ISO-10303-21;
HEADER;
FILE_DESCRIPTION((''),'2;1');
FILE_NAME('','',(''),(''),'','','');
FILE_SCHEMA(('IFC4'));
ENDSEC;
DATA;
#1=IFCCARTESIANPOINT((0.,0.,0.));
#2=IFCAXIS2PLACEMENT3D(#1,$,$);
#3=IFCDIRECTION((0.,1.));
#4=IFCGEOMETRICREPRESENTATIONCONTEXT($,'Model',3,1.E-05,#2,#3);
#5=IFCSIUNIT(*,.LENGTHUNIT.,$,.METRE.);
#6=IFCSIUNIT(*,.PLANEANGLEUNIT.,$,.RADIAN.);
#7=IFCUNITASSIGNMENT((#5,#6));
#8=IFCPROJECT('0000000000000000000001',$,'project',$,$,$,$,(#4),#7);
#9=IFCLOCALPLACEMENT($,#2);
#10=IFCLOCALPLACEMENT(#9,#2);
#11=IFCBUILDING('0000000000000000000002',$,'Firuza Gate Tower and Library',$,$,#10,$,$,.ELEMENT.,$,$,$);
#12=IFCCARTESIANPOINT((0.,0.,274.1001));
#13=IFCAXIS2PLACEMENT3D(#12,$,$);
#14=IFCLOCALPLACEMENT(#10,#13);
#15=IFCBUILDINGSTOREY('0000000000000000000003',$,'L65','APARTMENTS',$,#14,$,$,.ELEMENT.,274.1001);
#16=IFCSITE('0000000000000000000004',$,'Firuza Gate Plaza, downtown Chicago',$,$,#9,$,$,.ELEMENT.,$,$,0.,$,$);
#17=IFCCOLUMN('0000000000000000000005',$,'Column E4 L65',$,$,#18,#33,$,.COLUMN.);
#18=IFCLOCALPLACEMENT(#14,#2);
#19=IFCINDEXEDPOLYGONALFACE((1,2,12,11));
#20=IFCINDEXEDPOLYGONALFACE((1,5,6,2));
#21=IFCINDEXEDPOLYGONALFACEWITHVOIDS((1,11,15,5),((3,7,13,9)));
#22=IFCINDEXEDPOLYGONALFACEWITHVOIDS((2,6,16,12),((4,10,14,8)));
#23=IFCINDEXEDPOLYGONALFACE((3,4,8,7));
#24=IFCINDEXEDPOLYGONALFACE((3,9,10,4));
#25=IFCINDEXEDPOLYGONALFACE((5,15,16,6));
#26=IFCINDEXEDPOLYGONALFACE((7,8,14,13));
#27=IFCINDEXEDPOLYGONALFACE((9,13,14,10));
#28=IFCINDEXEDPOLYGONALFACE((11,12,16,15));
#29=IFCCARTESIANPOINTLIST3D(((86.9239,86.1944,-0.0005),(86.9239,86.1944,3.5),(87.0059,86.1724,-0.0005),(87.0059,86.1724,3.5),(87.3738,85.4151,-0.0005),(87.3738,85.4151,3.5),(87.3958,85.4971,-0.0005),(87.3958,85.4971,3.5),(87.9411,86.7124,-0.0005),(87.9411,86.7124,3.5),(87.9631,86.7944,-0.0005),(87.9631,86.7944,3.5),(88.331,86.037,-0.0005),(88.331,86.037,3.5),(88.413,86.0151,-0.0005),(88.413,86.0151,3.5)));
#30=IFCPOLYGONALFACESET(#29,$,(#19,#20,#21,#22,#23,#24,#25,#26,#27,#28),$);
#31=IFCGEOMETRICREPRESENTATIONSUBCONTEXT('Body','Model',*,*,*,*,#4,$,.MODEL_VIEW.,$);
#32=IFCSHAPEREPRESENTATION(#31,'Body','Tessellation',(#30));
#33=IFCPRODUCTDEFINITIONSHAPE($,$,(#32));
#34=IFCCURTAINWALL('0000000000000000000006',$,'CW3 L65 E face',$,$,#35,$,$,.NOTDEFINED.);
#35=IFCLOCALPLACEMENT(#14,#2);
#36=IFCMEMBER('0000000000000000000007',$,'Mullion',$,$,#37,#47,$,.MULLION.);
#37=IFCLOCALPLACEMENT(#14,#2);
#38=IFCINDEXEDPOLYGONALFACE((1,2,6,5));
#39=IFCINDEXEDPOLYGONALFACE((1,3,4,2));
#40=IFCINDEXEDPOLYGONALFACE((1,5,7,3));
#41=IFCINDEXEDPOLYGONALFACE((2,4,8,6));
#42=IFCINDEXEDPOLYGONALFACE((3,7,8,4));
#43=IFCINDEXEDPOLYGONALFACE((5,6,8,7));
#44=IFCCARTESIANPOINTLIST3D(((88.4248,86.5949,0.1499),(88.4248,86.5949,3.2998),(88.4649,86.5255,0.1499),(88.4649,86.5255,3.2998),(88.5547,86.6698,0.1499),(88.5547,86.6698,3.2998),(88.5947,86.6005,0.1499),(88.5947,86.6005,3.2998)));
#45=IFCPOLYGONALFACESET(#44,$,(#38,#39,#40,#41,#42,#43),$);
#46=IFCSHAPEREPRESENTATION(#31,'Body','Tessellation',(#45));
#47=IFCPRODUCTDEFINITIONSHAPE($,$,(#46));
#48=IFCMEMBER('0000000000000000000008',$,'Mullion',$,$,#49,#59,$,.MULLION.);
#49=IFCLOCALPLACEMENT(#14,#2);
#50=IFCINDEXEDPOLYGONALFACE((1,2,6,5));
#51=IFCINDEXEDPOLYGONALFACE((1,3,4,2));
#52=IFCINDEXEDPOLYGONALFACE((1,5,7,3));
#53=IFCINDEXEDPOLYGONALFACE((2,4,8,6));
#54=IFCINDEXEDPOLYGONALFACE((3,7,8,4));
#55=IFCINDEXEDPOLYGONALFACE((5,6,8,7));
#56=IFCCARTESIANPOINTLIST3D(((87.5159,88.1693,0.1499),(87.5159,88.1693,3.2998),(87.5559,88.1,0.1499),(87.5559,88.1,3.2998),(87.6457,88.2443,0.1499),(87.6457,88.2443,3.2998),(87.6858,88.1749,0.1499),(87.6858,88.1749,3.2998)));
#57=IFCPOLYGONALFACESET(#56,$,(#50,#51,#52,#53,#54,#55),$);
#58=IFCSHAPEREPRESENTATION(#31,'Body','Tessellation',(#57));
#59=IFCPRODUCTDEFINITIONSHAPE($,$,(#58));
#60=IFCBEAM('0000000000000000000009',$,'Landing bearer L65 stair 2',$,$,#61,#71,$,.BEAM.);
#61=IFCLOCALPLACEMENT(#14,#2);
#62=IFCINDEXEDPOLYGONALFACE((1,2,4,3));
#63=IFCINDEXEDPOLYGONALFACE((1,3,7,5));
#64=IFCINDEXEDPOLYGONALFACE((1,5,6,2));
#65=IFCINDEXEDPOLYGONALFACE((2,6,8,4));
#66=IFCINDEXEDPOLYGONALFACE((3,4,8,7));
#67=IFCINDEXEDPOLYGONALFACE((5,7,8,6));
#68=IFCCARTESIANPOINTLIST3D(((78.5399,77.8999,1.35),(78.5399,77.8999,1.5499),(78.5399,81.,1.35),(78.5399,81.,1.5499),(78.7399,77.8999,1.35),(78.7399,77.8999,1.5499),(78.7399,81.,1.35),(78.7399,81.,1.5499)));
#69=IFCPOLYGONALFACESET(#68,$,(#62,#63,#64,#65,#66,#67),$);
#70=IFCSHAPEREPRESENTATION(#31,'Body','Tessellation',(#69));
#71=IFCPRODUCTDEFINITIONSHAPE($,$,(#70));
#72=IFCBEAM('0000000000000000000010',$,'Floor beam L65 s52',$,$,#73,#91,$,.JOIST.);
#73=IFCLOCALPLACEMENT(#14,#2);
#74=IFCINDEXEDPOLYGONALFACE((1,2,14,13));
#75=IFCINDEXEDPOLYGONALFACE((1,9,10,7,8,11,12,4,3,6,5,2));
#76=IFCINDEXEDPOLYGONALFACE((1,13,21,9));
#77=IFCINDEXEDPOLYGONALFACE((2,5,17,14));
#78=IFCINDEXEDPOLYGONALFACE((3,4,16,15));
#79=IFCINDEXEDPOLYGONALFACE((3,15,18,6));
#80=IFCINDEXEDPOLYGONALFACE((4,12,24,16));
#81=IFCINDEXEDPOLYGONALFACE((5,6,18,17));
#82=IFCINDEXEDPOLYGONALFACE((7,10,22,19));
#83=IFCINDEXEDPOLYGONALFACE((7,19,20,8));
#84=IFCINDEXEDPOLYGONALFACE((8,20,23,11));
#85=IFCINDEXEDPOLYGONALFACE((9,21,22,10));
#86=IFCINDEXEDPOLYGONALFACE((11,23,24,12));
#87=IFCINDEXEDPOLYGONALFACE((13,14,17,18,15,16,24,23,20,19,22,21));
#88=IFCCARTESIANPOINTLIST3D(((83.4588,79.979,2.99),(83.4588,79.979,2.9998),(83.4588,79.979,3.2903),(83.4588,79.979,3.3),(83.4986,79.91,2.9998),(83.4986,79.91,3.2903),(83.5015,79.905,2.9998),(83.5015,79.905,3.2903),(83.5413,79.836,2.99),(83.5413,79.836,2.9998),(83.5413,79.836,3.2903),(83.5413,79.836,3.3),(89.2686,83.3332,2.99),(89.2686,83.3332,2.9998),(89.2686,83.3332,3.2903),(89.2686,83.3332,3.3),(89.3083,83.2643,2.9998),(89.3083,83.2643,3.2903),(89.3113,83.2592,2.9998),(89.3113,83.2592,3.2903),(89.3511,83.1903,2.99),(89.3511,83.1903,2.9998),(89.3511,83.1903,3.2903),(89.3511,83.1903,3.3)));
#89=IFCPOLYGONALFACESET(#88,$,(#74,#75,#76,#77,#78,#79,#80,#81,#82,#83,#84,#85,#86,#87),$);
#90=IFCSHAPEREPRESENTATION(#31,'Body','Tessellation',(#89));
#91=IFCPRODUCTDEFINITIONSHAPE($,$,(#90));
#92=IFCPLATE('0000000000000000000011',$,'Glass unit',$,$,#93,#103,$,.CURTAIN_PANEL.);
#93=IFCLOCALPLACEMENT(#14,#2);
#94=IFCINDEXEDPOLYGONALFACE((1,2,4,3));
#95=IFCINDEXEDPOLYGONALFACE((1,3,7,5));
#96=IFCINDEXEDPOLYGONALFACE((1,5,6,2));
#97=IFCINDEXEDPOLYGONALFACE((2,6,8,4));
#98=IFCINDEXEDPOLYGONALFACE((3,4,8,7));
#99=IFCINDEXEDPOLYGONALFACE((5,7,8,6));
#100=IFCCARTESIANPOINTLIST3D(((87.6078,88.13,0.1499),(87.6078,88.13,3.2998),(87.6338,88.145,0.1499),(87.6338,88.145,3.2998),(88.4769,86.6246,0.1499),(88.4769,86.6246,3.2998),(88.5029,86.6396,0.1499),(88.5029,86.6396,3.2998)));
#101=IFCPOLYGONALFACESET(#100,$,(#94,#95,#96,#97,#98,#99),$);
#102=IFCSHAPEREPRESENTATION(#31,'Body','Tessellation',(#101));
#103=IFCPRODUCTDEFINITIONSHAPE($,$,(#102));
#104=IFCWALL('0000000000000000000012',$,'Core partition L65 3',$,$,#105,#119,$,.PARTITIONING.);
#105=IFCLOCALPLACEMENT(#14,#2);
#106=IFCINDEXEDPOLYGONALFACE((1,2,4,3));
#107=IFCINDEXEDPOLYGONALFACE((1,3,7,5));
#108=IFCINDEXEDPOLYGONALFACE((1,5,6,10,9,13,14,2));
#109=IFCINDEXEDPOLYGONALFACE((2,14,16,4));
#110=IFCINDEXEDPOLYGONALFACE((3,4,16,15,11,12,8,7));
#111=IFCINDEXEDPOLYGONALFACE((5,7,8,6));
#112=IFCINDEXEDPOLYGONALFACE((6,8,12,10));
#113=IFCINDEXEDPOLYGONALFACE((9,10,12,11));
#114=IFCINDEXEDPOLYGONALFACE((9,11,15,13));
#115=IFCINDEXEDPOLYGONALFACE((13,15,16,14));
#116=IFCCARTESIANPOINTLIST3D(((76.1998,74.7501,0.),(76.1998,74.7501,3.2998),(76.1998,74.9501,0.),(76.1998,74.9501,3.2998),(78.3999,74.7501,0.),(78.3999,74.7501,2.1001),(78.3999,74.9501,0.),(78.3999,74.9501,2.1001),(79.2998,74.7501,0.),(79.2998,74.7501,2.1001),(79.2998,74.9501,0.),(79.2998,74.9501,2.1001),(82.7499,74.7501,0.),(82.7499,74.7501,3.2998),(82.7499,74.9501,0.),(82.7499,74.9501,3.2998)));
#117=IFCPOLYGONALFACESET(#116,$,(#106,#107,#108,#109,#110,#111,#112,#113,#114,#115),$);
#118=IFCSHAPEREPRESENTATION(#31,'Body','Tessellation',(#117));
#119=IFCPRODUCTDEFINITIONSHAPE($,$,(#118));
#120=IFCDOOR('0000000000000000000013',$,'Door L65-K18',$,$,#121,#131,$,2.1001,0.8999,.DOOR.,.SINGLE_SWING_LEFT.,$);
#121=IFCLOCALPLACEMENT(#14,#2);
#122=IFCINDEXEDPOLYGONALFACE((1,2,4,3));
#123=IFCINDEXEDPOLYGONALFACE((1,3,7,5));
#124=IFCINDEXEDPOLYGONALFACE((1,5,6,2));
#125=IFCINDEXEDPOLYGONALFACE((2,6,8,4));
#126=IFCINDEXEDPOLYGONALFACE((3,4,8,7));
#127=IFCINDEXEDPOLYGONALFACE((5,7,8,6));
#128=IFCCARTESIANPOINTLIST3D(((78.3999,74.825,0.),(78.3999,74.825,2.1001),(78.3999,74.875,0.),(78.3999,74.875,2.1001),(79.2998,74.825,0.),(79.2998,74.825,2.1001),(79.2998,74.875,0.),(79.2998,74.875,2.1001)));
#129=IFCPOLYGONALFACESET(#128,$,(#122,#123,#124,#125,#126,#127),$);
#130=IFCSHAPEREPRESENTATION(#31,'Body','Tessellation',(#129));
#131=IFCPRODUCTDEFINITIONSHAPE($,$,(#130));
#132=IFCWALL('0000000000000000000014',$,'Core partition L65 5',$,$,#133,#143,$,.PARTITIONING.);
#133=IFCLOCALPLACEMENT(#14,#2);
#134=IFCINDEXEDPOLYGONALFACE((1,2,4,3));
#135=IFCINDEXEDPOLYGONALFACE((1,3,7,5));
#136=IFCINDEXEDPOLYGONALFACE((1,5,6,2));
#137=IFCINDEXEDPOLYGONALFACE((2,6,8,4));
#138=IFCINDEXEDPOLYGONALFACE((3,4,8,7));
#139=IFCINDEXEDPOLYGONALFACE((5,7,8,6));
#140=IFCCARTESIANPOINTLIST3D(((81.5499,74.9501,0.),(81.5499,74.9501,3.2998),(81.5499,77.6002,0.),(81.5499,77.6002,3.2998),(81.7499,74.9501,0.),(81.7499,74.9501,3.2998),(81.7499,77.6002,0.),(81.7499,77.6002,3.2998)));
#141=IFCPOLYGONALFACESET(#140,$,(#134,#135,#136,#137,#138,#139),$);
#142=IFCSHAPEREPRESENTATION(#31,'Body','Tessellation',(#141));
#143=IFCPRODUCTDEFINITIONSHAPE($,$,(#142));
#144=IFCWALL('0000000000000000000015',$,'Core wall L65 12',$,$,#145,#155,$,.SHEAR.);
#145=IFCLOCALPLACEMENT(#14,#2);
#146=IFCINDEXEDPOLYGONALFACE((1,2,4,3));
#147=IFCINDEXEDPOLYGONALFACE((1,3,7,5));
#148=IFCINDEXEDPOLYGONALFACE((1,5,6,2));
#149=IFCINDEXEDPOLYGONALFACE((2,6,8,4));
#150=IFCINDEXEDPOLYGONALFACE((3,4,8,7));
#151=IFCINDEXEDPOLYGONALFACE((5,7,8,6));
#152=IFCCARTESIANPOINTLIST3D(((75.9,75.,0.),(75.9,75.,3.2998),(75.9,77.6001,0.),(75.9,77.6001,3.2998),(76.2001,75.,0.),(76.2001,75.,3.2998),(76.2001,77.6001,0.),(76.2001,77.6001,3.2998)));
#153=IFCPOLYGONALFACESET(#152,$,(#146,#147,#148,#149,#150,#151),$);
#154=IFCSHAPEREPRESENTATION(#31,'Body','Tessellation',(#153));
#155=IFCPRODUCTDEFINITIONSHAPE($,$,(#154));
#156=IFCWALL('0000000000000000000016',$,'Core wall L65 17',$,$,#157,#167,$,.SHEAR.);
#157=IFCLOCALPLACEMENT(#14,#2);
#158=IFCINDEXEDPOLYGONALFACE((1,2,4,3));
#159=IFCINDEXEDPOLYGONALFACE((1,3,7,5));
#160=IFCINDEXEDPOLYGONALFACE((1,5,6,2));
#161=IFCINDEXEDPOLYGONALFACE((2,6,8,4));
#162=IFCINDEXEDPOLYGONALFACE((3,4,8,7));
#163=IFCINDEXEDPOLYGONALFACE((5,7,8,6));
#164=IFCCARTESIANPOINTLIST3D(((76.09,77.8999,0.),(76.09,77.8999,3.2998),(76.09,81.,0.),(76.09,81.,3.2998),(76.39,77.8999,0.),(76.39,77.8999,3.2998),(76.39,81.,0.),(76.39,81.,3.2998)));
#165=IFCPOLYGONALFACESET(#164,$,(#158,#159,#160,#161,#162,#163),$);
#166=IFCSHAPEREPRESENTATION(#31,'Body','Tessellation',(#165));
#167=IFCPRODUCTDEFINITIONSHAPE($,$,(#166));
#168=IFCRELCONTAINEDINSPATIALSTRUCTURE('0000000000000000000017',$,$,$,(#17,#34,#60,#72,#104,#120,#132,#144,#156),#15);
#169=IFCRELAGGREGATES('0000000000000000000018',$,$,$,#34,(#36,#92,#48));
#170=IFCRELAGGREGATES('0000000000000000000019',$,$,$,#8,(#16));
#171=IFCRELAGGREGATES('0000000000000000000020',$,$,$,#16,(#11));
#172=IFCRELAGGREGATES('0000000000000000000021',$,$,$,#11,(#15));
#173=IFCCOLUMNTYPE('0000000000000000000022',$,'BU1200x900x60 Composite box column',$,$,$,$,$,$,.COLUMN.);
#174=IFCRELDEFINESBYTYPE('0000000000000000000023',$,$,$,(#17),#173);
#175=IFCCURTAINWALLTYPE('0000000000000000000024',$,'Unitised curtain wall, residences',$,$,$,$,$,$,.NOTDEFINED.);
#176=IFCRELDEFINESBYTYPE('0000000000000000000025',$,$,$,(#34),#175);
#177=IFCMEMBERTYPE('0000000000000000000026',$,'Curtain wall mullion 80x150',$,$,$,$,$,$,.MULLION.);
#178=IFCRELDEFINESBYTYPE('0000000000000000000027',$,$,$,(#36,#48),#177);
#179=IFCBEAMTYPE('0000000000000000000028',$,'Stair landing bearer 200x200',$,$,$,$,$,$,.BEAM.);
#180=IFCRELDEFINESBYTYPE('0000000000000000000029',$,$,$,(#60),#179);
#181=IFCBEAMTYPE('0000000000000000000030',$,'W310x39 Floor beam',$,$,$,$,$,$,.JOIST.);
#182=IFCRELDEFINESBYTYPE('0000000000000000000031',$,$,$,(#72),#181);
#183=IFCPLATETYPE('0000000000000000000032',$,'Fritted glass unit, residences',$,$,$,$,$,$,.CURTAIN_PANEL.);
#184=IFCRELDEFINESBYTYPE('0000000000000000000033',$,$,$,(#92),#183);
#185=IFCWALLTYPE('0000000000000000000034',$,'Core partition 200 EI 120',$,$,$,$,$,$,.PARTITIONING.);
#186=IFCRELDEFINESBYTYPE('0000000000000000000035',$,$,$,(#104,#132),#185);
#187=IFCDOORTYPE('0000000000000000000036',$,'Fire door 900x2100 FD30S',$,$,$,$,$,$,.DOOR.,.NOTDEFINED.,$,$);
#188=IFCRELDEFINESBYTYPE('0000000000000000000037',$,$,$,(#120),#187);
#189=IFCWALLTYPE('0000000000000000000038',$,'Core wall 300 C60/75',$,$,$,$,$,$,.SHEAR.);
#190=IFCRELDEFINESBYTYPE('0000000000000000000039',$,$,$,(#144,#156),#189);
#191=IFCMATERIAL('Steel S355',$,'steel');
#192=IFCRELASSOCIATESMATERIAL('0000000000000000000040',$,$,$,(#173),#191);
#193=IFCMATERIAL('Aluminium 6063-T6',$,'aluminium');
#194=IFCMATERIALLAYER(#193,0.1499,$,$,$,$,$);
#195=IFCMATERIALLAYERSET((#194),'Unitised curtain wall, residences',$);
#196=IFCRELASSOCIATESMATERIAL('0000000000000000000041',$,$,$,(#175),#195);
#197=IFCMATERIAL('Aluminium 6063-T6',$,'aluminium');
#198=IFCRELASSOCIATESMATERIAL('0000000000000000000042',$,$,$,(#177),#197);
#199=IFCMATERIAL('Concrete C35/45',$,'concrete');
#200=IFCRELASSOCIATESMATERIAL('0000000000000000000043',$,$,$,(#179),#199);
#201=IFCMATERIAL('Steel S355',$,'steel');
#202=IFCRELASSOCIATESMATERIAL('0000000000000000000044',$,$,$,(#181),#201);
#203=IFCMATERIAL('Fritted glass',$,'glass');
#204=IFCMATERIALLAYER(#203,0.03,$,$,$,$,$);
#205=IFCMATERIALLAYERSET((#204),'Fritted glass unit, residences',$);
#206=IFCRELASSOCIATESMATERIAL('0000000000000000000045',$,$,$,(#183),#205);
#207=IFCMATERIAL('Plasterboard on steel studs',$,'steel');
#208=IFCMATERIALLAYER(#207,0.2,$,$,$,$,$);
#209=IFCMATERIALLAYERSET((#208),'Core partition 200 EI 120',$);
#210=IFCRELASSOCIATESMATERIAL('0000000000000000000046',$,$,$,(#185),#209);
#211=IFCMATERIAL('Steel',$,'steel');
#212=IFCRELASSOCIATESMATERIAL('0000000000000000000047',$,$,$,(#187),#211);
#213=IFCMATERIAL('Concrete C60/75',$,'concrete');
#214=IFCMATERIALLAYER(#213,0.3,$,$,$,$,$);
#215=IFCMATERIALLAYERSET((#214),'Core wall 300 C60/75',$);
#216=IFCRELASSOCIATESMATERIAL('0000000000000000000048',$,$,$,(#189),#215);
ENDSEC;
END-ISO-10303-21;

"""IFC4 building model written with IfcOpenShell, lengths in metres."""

from ifc_helpers import new_model, si_unit, direction, frame, frame_2d, origin, origin_2d, place, context, subcontext, project, spatial, polyline, rectangle, hollow_rectangle, i_section, outline, extrude, material, layer, layer_set, material_profile, profile_set, type_object, element, fill, aggregate, save


model = new_model("IFC4")

# Units and contexts
model_context = context("Model", 3, precision=1e-05, world=origin(), true_north=direction((0.0, 1.0)))
body_context = subcontext(model_context, "Body", "Model", "MODEL_VIEW")
ifc_project = project(units=[si_unit("LENGTHUNIT", "METRE"), si_unit("PLANEANGLEUNIT", "RADIAN")], contexts=[model_context])

# Site, building, storey
site_placement = place(None, origin())
site = spatial("IfcSite", under=ifc_project, at=site_placement, Name="Firuza Gate Plaza, downtown Chicago", CompositionType="ELEMENT", RefElevation=0.0)
building_placement = place(site_placement, origin())
building = spatial("IfcBuilding", under=site, at=building_placement, Name="Firuza Gate Tower and Library", CompositionType="ELEMENT")
storey_placement = place(building_placement, frame((0.0, 0.0, 274.1001)))
storey = spatial("IfcBuildingStorey", under=building, at=storey_placement, Name="L65", Description="APARTMENTS", CompositionType="ELEMENT", Elevation=274.1001)

# Column
ifc_material_1 = material(Name="Steel S355", Category="steel")
ifc_material_profile_1 = material_profile(ifc_material_1, hollow_rectangle(XDim=0.8999, YDim=1.2, WallThickness=0.0601, at=origin_2d()))
ifc_profile_set_1 = profile_set([ifc_material_profile_1], Name="Steel S355")
column_type = type_object("IfcColumnType", Name="BU1200x900x60 Composite box column", PredefinedType="COLUMN", material=ifc_profile_set_1)
column_placement = place(storey_placement, frame((87.6685, 86.1047, -0.0005), z_axis=(0.0, 0.0, 1.0), x_axis=(-0.5, 0.866025, 0.0)))
element("IfcColumn", 1, at=column_placement, inside=storey, type_object=column_type, Name="Column E4 L65", PredefinedType="COLUMN", context=body_context, shape_type="SweptSolid", body=[
    extrude(hollow_rectangle(XDim=0.8999, YDim=1.2, WallThickness=0.0601, at=origin_2d()), origin(), (0.0, 0.0, 1.0), 3.5005),
])

# Curtain wall, members
ifc_material_2 = material(Name="Aluminium 6063-T6", Category="aluminium")
ifc_layer_1 = layer(ifc_material_2, 0.1499)
ifc_layer_set_1 = layer_set([ifc_layer_1], Name="Unitised curtain wall, residences")
curtain_wall_type = type_object("IfcCurtainWallType", Name="Unitised curtain wall, residences", PredefinedType="NOTDEFINED", material=ifc_layer_set_1)
placement = place(storey_placement, origin())
curtain_wall = element("IfcCurtainWall", 2, at=placement, inside=storey, type_object=curtain_wall_type, Name="CW3 L65 E face", PredefinedType="NOTDEFINED")
ifc_material_3 = material(Name="Aluminium 6063-T6", Category="aluminium")
ifc_material_profile_2 = material_profile(ifc_material_3, rectangle(XDim=0.1499, YDim=0.0801, at=origin_2d()))
ifc_profile_set_2 = profile_set([ifc_material_profile_2], Name="Aluminium 6063-T6")
member_type = type_object("IfcMemberType", Name="Curtain wall mullion 80x150", PredefinedType="MULLION", material=ifc_profile_set_2)
member_1_placement = place(storey_placement, frame((88.5098, 86.5977, 0.1499), z_axis=(0.0, 0.0, 1.0), x_axis=(-0.866025, -0.5, 0.0)))
member_1 = element("IfcMember", 3, at=member_1_placement, type_object=member_type, Name="Mullion", PredefinedType="MULLION", context=body_context, shape_type="SweptSolid", body=[
    extrude(rectangle(XDim=0.1499, YDim=0.0801, at=origin_2d()), origin(), (0.0, 0.0, 1.0), 3.1499),
])
member_2_placement = place(storey_placement, frame((87.6008, 88.1721, 0.1499), z_axis=(0.0, 0.0, 1.0), x_axis=(-0.866025, -0.5, 0.0)))
member_2 = element("IfcMember", 4, at=member_2_placement, type_object=member_type, Name="Mullion", PredefinedType="MULLION", context=body_context, shape_type="SweptSolid", body=[
    extrude(rectangle(XDim=0.1499, YDim=0.0801, at=origin_2d()), origin(), (0.0, 0.0, 1.0), 3.1499),
])

# Beams
ifc_material_4 = material(Name="Concrete C35/45", Category="concrete")
ifc_material_profile_3 = material_profile(ifc_material_4, rectangle(XDim=0.2, YDim=0.2, at=origin_2d()))
ifc_profile_set_3 = profile_set([ifc_material_profile_3], Name="Concrete C35/45")
beam_type_1 = type_object("IfcBeamType", Name="Stair landing bearer 200x200", PredefinedType="BEAM", material=ifc_profile_set_3)
beam_1_placement = place(storey_placement, frame((78.6399, 81.0, 1.45), z_axis=(0.0, -1.0, 0.0), x_axis=(1.0, 0.0, 0.0)))
element("IfcBeam", 5, at=beam_1_placement, inside=storey, type_object=beam_type_1, Name="Landing bearer L65 stair 2", PredefinedType="BEAM", context=body_context, shape_type="SweptSolid", body=[
    extrude(rectangle(XDim=0.2, YDim=0.2, at=origin_2d()), origin(), (0.0, 0.0, 1.0), 3.1001),
])
ifc_material_5 = material(Name="Steel S355", Category="steel")
ifc_material_profile_4 = material_profile(ifc_material_5, i_section(OverallWidth=0.165, OverallDepth=0.3101, WebThickness=0.0059, FlangeThickness=0.0098, at=origin_2d()))
ifc_profile_set_4 = profile_set([ifc_material_profile_4], Name="Steel S355")
beam_type_2 = type_object("IfcBeamType", Name="W310x39 Floor beam", PredefinedType="JOIST", material=ifc_profile_set_4)
beam_2_placement = place(storey_placement, frame((89.3098, 83.2617, 3.145), z_axis=(-0.866029, -0.499994, 0.0), x_axis=(0.499994, -0.866029, 0.0)))
element("IfcBeam", 6, at=beam_2_placement, inside=storey, type_object=beam_type_2, Name="Floor beam L65 s52", PredefinedType="JOIST", context=body_context, shape_type="SweptSolid", body=[
    extrude(i_section(OverallWidth=0.165, OverallDepth=0.3101, WebThickness=0.0059, FlangeThickness=0.0098, at=origin_2d()), origin(), (0.0, 0.0, 1.0), 6.7085),
])

# Plate
ifc_material_6 = material(Name="Fritted glass", Category="glass")
ifc_layer_2 = layer(ifc_material_6, 0.03)
ifc_layer_set_2 = layer_set([ifc_layer_2], Name="Fritted glass unit, residences")
plate_type = type_object("IfcPlateType", Name="Fritted glass unit, residences", PredefinedType="CURTAIN_PANEL", material=ifc_layer_set_2)
plate_placement = place(storey_placement, frame((88.5029, 86.6396, 0.1499), z_axis=(0.866022, 0.500006, 0.0), x_axis=(-0.500006, 0.866022, 0.0)))
plate = element("IfcPlate", 7, at=plate_placement, type_object=plate_type, Name="Glass unit", PredefinedType="CURTAIN_PANEL", context=body_context, shape_type="SweptSolid", body=[
    extrude(outline(polyline([(0.0, 0.0), (1.7383, 0.0), (1.7383, 3.1499), (0.0, 3.1499), (0.0, 0.0)])), origin(), (0.0, 0.0, -1.0), 0.03),
])
aggregate(curtain_wall, [member_1, plate, member_2])

# Wall, opening, door
ifc_material_7 = material(Name="Plasterboard on steel studs", Category="steel")
ifc_layer_3 = layer(ifc_material_7, 0.2)
ifc_layer_set_3 = layer_set([ifc_layer_3], Name="Core partition 200 EI 120")
wall_type_1 = type_object("IfcWallType", Name="Core partition 200 EI 120", PredefinedType="PARTITIONING", material=ifc_layer_set_3)
wall_1_placement = place(storey_placement, frame((76.2, 74.8501, 0.0), z_axis=(0.0, 0.0, 1.0), x_axis=(1.0, 0.0, 0.0)))
wall_1 = element("IfcWall", 8, at=wall_1_placement, inside=storey, type_object=wall_type_1, Name="Core partition L65 3", PredefinedType="PARTITIONING", context=body_context, shape_type="SweptSolid", body=[
    extrude(rectangle(XDim=6.55, YDim=0.2, at=frame_2d((3.2749, 0.0))), origin(), (0.0, 0.0, 1.0), 3.2998),
])
opening_1_placement = place(wall_1_placement, frame((2.2, 0.0, 0.0)))
opening_1 = element("IfcOpeningElement", 9, at=opening_1_placement, cuts=wall_1, PredefinedType="OPENING", context=body_context, shape_type="SweptSolid", body=[
    extrude(rectangle(XDim=0.8999, YDim=2.1001, at=frame_2d((0.45, 1.05))), frame((0.0, 0.1099, 0.0), z_axis=(0.0, -1.0, 0.0), x_axis=(1.0, 0.0, 0.0)), (0.0, 0.0, 1.0), 0.22),
])
ifc_material_8 = material(Name="Steel", Category="steel")
door_type_1 = type_object("IfcDoorType", Name="Fire door 900x2100 FD30S", OperationType="NOTDEFINED", PredefinedType="DOOR", material=ifc_material_8)
door_1_placement = place(opening_1_placement, origin())
door_1 = element("IfcDoor", 10, at=door_1_placement, inside=storey, type_object=door_type_1, Name="Door L65-K18", OperationType="SINGLE_SWING_LEFT", OverallHeight=2.1001, OverallWidth=0.8999, PredefinedType="DOOR", context=body_context, shape_type="SweptSolid", body=[
    extrude(rectangle(XDim=0.8999, YDim=2.1001, at=frame_2d((0.45, 1.05))), frame((0.0, 0.0249, 0.0), z_axis=(0.0, -1.0, 0.0), x_axis=(1.0, 0.0, 0.0)), (0.0, 0.0, 1.0), 0.05),
])
fill(opening_1, door_1)

# Walls
wall_2_placement = place(storey_placement, frame((81.6499, 74.95, 0.0), z_axis=(0.0, 0.0, 1.0), x_axis=(0.0, 1.0, 0.0)))
element("IfcWall", 11, at=wall_2_placement, inside=storey, type_object=wall_type_1, Name="Core partition L65 5", PredefinedType="PARTITIONING", context=body_context, shape_type="SweptSolid", body=[
    extrude(rectangle(XDim=2.6501, YDim=0.2, at=frame_2d((1.3252, 0.0))), origin(), (0.0, 0.0, 1.0), 3.2998),
])
ifc_material_9 = material(Name="Concrete C60/75", Category="concrete")
ifc_layer_4 = layer(ifc_material_9, 0.3)
ifc_layer_set_4 = layer_set([ifc_layer_4], Name="Core wall 300 C60/75")
wall_type_2 = type_object("IfcWallType", Name="Core wall 300 C60/75", PredefinedType="SHEAR", material=ifc_layer_set_4)
wall_3_placement = place(storey_placement, frame((76.05, 75.0, 0.0), z_axis=(0.0, 0.0, 1.0), x_axis=(0.0, 1.0, 0.0)))
element("IfcWall", 12, at=wall_3_placement, inside=storey, type_object=wall_type_2, Name="Core wall L65 12", PredefinedType="SHEAR", context=body_context, shape_type="SweptSolid", body=[
    extrude(rectangle(XDim=2.6001, YDim=0.3, at=frame_2d((1.3, 0.0))), origin(), (0.0, 0.0, 1.0), 3.2998),
])
wall_4_placement = place(storey_placement, frame((76.24, 77.8999, 0.0), z_axis=(0.0, 0.0, 1.0), x_axis=(0.0, 1.0, 0.0)))
element("IfcWall", 13, at=wall_4_placement, inside=storey, type_object=wall_type_2, Name="Core wall L65 17", PredefinedType="SHEAR", context=body_context, shape_type="SweptSolid", body=[
    extrude(rectangle(XDim=3.1001, YDim=0.3, at=frame_2d((1.55, 0.0))), origin(), (0.0, 0.0, 1.0), 3.2998),
])

save(model, "model.ifc")
